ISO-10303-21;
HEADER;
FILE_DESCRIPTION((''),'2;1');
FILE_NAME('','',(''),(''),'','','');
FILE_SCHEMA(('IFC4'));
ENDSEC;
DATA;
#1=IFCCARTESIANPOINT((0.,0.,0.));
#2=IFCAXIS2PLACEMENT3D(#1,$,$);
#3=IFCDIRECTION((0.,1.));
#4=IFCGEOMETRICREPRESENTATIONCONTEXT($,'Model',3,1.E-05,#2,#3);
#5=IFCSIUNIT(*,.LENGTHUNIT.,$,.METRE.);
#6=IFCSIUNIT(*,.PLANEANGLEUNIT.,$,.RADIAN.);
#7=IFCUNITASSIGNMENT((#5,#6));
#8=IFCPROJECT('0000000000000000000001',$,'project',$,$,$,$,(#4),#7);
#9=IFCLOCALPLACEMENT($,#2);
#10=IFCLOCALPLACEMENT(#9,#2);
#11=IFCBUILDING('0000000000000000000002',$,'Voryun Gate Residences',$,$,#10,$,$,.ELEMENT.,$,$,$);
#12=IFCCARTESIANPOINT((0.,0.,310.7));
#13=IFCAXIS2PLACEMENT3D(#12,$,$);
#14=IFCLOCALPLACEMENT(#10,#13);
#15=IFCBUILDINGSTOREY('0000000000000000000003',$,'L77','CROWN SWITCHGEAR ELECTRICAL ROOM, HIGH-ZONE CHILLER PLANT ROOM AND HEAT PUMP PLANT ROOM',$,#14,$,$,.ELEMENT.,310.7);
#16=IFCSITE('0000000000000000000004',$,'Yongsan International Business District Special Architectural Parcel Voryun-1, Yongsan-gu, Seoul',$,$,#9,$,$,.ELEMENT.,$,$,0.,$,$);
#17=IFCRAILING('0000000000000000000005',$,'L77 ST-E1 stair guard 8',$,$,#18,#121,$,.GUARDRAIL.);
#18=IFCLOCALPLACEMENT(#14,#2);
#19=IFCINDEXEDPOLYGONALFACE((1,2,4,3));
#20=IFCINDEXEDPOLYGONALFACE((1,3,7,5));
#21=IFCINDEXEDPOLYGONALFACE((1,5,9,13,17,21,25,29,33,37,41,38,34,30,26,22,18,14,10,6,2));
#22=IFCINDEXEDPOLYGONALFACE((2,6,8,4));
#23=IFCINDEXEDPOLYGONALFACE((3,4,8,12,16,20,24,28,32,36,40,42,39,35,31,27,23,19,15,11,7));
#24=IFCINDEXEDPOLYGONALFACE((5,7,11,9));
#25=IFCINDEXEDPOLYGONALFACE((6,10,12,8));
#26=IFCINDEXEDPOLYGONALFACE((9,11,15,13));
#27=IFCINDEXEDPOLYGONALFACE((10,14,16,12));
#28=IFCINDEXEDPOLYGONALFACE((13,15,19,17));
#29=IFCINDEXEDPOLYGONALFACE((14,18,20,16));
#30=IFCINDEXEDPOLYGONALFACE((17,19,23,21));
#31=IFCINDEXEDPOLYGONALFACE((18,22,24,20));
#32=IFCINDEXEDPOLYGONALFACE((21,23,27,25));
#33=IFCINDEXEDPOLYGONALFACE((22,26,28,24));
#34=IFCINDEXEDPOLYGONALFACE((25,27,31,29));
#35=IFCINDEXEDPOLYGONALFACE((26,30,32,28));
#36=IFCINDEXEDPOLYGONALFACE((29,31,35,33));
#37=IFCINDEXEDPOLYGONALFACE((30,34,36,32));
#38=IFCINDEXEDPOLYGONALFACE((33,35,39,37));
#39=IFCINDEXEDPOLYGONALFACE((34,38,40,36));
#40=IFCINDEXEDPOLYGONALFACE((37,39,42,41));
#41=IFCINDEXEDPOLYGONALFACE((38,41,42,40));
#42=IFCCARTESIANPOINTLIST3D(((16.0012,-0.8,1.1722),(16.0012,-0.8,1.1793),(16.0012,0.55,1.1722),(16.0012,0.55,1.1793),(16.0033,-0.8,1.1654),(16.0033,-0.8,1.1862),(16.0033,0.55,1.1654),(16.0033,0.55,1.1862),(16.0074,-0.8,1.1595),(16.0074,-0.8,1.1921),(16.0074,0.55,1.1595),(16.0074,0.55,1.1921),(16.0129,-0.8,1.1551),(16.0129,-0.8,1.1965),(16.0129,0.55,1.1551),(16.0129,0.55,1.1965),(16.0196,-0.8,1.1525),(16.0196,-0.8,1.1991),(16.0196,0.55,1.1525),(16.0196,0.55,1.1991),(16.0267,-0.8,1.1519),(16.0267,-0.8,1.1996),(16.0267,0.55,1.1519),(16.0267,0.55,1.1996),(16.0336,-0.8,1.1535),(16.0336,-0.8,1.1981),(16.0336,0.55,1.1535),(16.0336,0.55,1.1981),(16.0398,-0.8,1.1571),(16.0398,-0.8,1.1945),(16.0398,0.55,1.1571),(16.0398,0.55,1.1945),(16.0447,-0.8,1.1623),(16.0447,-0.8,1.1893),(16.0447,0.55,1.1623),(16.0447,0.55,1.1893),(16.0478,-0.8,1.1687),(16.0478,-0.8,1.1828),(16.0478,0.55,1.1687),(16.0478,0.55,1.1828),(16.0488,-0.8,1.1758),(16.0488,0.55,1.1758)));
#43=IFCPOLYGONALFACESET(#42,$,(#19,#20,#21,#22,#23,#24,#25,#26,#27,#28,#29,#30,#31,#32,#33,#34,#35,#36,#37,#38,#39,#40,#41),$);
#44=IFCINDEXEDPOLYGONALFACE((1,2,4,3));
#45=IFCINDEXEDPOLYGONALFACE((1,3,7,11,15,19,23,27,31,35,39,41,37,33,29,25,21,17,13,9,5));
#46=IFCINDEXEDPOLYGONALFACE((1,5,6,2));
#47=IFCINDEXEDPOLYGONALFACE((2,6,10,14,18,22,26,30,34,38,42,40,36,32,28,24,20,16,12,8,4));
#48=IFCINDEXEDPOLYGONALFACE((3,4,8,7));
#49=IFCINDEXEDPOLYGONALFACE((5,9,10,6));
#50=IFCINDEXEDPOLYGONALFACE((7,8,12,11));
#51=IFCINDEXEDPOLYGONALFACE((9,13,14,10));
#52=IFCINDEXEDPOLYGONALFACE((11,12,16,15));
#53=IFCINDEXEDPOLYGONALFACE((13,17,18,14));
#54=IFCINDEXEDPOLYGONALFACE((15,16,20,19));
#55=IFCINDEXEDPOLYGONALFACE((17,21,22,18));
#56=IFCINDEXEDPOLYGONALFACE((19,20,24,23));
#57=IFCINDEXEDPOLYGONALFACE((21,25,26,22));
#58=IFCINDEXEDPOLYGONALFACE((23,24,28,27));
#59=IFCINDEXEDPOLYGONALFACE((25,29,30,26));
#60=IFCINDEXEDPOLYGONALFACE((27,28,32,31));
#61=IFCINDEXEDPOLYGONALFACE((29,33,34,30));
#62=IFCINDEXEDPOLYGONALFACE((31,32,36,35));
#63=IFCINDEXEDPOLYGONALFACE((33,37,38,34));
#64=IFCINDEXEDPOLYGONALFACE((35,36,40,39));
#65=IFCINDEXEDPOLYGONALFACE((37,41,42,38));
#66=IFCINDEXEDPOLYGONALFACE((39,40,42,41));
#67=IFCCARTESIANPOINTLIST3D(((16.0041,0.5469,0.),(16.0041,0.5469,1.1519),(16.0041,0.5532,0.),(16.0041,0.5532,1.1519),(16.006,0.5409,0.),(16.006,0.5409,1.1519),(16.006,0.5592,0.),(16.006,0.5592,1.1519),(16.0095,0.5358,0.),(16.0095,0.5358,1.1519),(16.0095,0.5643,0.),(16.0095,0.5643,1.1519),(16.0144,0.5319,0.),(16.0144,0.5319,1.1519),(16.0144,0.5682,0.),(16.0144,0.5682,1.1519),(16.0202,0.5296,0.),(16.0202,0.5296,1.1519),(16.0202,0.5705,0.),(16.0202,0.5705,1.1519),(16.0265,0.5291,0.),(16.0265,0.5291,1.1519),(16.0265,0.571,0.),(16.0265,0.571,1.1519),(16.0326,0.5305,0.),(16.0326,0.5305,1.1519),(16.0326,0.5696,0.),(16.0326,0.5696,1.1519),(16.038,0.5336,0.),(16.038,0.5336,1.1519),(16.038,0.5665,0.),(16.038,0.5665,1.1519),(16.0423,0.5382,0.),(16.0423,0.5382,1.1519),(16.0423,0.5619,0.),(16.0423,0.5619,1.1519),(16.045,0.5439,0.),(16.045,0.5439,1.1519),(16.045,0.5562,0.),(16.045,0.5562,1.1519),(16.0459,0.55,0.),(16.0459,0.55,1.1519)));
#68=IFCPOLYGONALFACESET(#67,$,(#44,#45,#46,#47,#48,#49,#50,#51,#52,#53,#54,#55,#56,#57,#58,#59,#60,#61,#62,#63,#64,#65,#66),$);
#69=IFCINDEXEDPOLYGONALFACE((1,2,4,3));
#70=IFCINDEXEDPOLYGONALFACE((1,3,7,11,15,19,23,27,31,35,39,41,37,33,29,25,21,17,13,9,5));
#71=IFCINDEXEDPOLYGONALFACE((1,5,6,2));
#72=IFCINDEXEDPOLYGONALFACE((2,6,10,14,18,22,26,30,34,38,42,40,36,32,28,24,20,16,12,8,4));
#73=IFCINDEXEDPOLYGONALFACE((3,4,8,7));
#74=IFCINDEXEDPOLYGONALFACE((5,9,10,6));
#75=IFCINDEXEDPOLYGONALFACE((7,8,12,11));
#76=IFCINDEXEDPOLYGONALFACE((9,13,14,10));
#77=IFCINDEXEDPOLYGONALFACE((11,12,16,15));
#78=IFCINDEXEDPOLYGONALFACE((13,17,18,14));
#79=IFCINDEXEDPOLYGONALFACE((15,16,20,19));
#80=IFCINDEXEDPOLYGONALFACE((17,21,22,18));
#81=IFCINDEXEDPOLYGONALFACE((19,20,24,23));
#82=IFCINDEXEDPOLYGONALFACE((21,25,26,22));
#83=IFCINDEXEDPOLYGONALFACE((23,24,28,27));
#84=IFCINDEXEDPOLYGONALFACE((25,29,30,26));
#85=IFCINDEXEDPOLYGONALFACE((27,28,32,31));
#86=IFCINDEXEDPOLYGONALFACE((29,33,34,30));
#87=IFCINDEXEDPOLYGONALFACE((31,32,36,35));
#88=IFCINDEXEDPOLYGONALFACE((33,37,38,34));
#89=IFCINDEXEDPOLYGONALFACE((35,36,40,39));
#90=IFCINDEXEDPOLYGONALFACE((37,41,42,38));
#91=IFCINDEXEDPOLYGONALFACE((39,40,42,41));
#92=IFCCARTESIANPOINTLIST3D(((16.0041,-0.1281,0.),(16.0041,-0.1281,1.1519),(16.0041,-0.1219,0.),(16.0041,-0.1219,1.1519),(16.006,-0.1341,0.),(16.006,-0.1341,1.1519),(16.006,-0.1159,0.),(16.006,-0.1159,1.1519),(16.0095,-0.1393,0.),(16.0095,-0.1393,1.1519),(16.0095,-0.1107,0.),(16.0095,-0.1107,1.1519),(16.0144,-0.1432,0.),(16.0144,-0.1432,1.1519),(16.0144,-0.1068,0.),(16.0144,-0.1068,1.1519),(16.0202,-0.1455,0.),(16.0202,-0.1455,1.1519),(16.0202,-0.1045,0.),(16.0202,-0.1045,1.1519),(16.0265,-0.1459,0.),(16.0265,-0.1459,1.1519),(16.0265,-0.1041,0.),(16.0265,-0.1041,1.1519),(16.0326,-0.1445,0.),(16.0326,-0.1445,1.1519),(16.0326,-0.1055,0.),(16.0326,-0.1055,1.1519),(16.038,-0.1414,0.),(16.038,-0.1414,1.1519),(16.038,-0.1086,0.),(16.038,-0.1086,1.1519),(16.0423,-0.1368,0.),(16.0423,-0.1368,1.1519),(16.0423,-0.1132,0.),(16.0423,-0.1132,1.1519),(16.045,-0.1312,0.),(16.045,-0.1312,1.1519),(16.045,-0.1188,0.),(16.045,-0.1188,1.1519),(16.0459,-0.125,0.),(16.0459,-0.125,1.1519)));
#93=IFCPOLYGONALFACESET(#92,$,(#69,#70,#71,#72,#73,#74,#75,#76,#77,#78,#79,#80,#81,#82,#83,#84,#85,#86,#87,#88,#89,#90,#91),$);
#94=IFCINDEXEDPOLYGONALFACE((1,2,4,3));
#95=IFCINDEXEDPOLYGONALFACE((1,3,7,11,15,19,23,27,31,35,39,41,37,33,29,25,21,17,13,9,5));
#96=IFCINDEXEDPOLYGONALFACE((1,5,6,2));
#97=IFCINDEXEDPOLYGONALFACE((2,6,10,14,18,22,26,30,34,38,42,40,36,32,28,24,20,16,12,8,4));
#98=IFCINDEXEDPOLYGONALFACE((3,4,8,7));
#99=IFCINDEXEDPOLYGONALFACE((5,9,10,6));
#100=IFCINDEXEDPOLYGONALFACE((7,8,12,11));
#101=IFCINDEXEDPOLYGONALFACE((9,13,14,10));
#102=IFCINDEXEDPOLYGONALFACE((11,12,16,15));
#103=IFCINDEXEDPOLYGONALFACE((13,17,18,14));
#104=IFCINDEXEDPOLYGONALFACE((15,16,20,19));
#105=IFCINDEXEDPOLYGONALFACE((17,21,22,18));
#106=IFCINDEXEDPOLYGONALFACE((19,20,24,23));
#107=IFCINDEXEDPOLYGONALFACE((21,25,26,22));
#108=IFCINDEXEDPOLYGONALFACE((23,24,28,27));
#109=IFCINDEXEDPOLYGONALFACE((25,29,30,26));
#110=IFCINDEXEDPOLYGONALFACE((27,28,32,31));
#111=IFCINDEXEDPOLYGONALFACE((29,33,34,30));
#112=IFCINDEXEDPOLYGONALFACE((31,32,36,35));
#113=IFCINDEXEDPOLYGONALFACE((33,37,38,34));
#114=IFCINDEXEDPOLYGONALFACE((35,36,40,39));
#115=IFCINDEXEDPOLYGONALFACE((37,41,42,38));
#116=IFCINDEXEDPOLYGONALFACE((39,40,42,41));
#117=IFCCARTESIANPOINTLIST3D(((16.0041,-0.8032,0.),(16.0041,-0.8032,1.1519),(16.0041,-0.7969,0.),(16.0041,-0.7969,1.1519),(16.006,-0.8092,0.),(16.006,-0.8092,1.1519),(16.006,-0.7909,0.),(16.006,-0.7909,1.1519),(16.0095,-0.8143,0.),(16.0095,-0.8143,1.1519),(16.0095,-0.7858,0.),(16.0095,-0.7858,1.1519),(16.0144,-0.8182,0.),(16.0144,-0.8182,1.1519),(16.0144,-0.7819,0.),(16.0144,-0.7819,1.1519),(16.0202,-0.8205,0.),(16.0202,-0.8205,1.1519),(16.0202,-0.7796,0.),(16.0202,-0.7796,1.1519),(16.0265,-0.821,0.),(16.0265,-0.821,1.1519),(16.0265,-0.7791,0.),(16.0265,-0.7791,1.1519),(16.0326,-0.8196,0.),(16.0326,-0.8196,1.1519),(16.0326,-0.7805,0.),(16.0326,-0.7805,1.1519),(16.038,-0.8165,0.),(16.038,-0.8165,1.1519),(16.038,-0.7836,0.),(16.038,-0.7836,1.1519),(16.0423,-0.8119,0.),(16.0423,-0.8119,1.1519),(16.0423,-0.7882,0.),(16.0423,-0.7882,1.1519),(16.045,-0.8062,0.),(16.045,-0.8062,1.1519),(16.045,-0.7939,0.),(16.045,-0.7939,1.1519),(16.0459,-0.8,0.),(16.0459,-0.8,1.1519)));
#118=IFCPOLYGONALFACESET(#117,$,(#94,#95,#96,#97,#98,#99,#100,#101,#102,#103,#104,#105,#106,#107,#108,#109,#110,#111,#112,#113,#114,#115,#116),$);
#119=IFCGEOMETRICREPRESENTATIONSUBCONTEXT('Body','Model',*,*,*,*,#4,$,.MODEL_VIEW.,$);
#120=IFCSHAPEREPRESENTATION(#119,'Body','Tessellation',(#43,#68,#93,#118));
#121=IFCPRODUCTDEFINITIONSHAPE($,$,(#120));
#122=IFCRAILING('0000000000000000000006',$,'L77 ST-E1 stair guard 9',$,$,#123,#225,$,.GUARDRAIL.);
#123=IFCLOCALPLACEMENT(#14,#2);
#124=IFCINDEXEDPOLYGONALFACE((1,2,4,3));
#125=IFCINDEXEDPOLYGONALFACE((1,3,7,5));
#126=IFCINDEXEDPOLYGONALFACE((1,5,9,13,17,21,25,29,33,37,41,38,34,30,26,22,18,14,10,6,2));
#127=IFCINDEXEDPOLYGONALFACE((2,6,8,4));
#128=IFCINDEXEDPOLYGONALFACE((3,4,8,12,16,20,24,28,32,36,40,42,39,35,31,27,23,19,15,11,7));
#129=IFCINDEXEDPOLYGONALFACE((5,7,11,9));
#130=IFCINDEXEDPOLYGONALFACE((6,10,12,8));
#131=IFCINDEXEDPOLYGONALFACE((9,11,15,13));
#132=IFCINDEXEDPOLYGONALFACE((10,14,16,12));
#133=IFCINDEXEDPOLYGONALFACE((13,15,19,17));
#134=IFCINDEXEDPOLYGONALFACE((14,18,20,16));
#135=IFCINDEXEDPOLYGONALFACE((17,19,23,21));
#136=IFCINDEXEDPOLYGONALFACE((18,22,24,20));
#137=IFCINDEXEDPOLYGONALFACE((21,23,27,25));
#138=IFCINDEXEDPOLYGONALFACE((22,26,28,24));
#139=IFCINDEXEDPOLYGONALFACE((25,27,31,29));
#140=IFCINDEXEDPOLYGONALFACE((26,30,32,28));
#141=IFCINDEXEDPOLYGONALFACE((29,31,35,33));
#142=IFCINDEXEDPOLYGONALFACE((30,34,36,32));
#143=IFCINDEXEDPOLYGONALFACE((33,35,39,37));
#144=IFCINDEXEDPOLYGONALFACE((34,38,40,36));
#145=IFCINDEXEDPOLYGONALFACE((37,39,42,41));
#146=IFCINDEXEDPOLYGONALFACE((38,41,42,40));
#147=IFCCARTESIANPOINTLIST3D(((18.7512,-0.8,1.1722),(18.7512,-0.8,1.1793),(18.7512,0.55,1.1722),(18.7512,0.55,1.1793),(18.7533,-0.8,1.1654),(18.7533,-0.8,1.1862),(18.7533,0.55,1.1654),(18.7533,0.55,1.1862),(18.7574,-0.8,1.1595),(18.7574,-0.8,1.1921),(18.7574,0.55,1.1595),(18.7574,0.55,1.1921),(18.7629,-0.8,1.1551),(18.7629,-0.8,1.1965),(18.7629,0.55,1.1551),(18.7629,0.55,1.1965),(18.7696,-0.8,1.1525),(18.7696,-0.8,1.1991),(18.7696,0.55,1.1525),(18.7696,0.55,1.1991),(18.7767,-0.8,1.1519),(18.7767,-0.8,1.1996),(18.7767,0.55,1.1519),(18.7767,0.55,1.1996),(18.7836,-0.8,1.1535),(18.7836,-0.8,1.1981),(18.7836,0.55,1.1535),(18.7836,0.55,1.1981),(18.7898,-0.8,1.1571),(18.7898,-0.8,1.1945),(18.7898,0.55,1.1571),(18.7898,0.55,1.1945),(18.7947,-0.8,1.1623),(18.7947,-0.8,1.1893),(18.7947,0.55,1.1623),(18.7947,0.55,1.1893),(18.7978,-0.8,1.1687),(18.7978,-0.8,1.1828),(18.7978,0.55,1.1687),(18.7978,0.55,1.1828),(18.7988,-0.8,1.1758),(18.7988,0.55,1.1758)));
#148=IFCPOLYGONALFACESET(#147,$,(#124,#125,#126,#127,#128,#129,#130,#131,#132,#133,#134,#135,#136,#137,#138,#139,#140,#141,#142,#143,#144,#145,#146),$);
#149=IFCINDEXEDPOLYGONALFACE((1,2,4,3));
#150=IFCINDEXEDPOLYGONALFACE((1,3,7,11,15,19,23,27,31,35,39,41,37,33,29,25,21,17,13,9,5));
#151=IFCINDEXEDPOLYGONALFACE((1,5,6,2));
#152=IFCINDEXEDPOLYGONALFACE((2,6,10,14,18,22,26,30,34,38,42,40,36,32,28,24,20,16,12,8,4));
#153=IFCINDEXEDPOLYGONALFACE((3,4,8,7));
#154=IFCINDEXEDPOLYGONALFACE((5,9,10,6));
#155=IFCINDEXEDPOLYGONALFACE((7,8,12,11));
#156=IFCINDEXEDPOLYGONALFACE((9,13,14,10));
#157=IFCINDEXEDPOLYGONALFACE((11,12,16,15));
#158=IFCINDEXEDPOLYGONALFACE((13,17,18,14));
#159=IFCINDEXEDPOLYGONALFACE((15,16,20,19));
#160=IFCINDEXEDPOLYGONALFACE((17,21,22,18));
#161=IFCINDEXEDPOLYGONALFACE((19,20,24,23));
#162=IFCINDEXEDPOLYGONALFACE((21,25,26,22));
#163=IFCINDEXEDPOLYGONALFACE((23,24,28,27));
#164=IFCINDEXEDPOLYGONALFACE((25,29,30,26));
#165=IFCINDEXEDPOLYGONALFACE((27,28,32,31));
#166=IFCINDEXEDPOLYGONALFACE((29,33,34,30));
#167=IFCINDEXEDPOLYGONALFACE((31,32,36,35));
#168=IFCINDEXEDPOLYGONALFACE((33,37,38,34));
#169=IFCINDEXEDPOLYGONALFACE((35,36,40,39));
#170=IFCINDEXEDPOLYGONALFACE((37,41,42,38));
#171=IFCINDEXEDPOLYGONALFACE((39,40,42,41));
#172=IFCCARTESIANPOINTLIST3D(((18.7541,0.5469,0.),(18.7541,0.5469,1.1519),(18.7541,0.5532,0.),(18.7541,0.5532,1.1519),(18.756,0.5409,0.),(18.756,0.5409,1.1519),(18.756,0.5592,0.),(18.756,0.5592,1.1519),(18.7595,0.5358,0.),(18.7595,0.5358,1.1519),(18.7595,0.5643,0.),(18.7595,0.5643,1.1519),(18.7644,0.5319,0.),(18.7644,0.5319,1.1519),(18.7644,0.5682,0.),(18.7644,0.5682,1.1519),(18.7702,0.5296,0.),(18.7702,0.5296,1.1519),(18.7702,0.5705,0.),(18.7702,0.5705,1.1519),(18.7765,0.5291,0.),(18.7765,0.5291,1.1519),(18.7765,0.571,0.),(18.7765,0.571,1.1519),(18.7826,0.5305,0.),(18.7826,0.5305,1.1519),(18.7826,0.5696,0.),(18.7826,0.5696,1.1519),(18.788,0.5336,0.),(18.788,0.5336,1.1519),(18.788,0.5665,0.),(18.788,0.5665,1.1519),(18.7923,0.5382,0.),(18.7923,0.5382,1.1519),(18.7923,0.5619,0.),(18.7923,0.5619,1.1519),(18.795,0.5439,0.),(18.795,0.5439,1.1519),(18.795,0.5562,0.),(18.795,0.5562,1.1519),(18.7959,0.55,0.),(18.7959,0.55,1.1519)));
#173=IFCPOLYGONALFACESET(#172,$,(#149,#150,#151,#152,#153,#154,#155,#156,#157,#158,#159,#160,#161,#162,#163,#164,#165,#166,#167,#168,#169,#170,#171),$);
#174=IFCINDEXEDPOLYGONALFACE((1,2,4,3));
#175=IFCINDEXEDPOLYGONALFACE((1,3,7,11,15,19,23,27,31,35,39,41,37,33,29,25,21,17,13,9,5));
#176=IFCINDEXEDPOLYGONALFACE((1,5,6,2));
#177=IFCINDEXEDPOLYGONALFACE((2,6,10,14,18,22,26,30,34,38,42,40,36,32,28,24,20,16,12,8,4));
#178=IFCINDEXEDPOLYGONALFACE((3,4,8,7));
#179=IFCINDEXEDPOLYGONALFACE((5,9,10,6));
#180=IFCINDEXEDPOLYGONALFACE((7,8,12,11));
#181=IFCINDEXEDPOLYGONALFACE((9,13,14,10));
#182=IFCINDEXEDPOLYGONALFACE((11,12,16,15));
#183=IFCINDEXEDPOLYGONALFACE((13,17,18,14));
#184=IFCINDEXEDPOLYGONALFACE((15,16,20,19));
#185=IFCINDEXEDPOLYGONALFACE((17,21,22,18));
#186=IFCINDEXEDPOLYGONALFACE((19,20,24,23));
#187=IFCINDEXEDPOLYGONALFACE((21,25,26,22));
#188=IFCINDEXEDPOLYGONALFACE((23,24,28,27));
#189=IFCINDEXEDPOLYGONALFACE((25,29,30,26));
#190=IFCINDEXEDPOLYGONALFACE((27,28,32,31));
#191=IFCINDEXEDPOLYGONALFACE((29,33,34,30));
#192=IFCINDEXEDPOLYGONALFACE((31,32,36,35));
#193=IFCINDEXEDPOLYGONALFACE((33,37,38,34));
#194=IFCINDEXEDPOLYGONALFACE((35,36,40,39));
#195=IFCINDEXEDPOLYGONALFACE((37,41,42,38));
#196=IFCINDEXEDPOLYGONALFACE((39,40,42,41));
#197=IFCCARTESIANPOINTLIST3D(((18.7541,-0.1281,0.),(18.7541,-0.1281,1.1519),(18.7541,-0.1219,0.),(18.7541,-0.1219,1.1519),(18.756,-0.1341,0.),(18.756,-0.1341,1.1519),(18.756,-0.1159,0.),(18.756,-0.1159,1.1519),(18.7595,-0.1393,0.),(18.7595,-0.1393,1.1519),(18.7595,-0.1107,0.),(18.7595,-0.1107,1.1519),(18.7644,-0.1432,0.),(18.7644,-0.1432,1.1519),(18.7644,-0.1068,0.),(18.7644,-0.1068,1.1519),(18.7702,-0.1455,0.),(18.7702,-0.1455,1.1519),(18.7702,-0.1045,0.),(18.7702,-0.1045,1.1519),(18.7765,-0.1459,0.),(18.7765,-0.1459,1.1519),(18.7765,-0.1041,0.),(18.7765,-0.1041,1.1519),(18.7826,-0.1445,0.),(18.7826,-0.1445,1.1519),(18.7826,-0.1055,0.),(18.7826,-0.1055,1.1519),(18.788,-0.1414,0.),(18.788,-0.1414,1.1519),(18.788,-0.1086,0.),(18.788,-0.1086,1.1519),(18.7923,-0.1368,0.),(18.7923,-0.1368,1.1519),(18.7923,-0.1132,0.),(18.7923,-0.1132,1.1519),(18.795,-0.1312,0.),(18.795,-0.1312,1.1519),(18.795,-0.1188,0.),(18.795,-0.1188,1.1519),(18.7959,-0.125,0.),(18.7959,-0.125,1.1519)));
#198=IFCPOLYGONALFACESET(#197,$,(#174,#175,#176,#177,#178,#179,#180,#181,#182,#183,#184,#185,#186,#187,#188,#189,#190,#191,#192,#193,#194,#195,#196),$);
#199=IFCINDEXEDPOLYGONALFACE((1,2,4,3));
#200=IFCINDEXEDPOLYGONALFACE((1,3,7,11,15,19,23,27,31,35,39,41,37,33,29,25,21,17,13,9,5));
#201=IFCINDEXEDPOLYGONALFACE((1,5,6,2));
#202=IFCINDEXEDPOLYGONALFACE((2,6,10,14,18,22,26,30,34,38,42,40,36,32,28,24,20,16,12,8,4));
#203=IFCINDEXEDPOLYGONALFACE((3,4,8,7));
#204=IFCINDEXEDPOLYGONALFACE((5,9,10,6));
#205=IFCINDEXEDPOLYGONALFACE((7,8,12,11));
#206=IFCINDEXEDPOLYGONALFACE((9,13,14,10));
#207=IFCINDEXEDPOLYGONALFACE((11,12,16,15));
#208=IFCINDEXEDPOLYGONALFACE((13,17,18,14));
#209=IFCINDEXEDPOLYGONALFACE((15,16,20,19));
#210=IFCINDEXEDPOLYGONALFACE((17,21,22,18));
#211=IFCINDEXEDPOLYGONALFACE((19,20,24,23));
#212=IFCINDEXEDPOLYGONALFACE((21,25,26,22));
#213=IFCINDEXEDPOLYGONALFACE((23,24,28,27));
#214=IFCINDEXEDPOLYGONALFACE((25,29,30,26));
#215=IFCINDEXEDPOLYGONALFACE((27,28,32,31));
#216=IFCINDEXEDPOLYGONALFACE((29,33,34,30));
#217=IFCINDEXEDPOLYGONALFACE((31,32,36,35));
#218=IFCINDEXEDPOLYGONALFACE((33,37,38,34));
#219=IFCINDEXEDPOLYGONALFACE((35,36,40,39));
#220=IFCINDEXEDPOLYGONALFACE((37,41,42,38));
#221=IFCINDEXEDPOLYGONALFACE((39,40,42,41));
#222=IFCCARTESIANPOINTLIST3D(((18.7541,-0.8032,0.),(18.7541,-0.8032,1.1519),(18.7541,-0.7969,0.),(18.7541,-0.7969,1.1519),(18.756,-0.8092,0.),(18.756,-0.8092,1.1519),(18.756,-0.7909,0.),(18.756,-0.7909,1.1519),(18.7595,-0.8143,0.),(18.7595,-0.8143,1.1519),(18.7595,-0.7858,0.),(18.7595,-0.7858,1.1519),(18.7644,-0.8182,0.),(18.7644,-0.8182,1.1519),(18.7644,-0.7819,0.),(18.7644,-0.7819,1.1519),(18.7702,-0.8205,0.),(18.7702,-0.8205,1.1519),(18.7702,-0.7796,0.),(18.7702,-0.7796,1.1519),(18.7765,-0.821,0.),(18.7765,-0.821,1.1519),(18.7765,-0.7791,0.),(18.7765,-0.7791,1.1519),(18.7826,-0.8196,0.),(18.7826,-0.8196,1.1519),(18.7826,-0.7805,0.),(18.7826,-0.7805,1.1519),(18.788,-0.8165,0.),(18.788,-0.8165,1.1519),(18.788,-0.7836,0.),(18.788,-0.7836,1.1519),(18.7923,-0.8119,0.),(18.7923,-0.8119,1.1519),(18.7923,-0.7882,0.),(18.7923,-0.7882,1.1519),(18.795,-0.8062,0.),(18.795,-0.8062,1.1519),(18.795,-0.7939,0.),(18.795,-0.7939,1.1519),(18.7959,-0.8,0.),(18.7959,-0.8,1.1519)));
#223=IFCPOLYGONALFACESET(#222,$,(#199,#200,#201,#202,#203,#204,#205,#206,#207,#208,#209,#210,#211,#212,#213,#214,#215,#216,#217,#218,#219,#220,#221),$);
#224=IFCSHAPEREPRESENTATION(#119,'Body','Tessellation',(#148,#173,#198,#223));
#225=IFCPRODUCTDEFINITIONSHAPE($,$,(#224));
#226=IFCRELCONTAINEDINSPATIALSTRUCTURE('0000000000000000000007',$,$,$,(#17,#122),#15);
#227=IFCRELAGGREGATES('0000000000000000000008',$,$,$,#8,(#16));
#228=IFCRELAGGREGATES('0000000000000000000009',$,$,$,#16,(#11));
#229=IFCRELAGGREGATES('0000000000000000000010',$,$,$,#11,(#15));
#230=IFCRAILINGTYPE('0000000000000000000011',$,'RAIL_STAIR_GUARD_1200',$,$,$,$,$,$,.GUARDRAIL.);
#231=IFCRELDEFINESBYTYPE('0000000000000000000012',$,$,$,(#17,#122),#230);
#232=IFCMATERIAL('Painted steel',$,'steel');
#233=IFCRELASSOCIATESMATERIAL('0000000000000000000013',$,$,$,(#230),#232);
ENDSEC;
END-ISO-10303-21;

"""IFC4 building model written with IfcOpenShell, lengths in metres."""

from ifc_helpers import new_model, si_unit, direction, frame, origin, origin_2d, place, context, subcontext, project, spatial, circle, extrude, material, type_object, element, save


model = new_model("IFC4")

# Units and contexts
model_context = context("Model", 3, precision=1e-05, world=origin(), true_north=direction((0.0, 1.0)))
body_context = subcontext(model_context, "Body", "Model", "MODEL_VIEW")
ifc_project = project(units=[si_unit("LENGTHUNIT", "METRE"), si_unit("PLANEANGLEUNIT", "RADIAN")], contexts=[model_context])

# Site, building, storey
site_placement = place(None, origin())
site = spatial("IfcSite", under=ifc_project, at=site_placement, Name="Yongsan International Business District Special Architectural Parcel Voryun-1, Yongsan-gu, Seoul", CompositionType="ELEMENT", RefElevation=0.0)
building_placement = place(site_placement, origin())
building = spatial("IfcBuilding", under=site, at=building_placement, Name="Voryun Gate Residences", CompositionType="ELEMENT")
storey_placement = place(building_placement, frame((0.0, 0.0, 310.7)))
storey = spatial("IfcBuildingStorey", under=building, at=storey_placement, Name="L77", Description="CROWN SWITCHGEAR ELECTRICAL ROOM, HIGH-ZONE CHILLER PLANT ROOM AND HEAT PUMP PLANT ROOM", CompositionType="ELEMENT", Elevation=310.7)

# Railings
ifc_material_1 = material(Name="Painted steel", Category="steel")
railing_type = type_object("IfcRailingType", Name="RAIL_STAIR_GUARD_1200", PredefinedType="GUARDRAIL", material=ifc_material_1)
for number, where, name in (
    (1, (16.0249, 0.55, 0.0), "L77 ST-E1 stair guard 8"),
    (2, (18.7749, 0.55, 0.0), "L77 ST-E1 stair guard 9"),
):
    element("IfcRailing", number, at=place(storey_placement, frame(where)), inside=storey, type_object=railing_type, Name=name, PredefinedType="GUARDRAIL", context=body_context, shape_type="SweptSolid", body=[
        extrude(circle(Radius=0.0239, at=origin_2d()), frame((0.0, 0.0, 1.1758), z_axis=(0.0, -1.0, 0.0), x_axis=(1.0, 0.0, 0.0)), (0.0, 0.0, 1.0), 1.3501),
        extrude(circle(Radius=0.021, at=origin_2d()), origin(), (0.0, 0.0, 1.0), 1.1519),
        extrude(circle(Radius=0.021, at=origin_2d()), frame((0.0, -0.675, 0.0)), (0.0, 0.0, 1.0), 1.1519),
        extrude(circle(Radius=0.021, at=origin_2d()), frame((0.0, -1.3501, 0.0)), (0.0, 0.0, 1.0), 1.1519),
    ])

save(model, "model.ifc")
